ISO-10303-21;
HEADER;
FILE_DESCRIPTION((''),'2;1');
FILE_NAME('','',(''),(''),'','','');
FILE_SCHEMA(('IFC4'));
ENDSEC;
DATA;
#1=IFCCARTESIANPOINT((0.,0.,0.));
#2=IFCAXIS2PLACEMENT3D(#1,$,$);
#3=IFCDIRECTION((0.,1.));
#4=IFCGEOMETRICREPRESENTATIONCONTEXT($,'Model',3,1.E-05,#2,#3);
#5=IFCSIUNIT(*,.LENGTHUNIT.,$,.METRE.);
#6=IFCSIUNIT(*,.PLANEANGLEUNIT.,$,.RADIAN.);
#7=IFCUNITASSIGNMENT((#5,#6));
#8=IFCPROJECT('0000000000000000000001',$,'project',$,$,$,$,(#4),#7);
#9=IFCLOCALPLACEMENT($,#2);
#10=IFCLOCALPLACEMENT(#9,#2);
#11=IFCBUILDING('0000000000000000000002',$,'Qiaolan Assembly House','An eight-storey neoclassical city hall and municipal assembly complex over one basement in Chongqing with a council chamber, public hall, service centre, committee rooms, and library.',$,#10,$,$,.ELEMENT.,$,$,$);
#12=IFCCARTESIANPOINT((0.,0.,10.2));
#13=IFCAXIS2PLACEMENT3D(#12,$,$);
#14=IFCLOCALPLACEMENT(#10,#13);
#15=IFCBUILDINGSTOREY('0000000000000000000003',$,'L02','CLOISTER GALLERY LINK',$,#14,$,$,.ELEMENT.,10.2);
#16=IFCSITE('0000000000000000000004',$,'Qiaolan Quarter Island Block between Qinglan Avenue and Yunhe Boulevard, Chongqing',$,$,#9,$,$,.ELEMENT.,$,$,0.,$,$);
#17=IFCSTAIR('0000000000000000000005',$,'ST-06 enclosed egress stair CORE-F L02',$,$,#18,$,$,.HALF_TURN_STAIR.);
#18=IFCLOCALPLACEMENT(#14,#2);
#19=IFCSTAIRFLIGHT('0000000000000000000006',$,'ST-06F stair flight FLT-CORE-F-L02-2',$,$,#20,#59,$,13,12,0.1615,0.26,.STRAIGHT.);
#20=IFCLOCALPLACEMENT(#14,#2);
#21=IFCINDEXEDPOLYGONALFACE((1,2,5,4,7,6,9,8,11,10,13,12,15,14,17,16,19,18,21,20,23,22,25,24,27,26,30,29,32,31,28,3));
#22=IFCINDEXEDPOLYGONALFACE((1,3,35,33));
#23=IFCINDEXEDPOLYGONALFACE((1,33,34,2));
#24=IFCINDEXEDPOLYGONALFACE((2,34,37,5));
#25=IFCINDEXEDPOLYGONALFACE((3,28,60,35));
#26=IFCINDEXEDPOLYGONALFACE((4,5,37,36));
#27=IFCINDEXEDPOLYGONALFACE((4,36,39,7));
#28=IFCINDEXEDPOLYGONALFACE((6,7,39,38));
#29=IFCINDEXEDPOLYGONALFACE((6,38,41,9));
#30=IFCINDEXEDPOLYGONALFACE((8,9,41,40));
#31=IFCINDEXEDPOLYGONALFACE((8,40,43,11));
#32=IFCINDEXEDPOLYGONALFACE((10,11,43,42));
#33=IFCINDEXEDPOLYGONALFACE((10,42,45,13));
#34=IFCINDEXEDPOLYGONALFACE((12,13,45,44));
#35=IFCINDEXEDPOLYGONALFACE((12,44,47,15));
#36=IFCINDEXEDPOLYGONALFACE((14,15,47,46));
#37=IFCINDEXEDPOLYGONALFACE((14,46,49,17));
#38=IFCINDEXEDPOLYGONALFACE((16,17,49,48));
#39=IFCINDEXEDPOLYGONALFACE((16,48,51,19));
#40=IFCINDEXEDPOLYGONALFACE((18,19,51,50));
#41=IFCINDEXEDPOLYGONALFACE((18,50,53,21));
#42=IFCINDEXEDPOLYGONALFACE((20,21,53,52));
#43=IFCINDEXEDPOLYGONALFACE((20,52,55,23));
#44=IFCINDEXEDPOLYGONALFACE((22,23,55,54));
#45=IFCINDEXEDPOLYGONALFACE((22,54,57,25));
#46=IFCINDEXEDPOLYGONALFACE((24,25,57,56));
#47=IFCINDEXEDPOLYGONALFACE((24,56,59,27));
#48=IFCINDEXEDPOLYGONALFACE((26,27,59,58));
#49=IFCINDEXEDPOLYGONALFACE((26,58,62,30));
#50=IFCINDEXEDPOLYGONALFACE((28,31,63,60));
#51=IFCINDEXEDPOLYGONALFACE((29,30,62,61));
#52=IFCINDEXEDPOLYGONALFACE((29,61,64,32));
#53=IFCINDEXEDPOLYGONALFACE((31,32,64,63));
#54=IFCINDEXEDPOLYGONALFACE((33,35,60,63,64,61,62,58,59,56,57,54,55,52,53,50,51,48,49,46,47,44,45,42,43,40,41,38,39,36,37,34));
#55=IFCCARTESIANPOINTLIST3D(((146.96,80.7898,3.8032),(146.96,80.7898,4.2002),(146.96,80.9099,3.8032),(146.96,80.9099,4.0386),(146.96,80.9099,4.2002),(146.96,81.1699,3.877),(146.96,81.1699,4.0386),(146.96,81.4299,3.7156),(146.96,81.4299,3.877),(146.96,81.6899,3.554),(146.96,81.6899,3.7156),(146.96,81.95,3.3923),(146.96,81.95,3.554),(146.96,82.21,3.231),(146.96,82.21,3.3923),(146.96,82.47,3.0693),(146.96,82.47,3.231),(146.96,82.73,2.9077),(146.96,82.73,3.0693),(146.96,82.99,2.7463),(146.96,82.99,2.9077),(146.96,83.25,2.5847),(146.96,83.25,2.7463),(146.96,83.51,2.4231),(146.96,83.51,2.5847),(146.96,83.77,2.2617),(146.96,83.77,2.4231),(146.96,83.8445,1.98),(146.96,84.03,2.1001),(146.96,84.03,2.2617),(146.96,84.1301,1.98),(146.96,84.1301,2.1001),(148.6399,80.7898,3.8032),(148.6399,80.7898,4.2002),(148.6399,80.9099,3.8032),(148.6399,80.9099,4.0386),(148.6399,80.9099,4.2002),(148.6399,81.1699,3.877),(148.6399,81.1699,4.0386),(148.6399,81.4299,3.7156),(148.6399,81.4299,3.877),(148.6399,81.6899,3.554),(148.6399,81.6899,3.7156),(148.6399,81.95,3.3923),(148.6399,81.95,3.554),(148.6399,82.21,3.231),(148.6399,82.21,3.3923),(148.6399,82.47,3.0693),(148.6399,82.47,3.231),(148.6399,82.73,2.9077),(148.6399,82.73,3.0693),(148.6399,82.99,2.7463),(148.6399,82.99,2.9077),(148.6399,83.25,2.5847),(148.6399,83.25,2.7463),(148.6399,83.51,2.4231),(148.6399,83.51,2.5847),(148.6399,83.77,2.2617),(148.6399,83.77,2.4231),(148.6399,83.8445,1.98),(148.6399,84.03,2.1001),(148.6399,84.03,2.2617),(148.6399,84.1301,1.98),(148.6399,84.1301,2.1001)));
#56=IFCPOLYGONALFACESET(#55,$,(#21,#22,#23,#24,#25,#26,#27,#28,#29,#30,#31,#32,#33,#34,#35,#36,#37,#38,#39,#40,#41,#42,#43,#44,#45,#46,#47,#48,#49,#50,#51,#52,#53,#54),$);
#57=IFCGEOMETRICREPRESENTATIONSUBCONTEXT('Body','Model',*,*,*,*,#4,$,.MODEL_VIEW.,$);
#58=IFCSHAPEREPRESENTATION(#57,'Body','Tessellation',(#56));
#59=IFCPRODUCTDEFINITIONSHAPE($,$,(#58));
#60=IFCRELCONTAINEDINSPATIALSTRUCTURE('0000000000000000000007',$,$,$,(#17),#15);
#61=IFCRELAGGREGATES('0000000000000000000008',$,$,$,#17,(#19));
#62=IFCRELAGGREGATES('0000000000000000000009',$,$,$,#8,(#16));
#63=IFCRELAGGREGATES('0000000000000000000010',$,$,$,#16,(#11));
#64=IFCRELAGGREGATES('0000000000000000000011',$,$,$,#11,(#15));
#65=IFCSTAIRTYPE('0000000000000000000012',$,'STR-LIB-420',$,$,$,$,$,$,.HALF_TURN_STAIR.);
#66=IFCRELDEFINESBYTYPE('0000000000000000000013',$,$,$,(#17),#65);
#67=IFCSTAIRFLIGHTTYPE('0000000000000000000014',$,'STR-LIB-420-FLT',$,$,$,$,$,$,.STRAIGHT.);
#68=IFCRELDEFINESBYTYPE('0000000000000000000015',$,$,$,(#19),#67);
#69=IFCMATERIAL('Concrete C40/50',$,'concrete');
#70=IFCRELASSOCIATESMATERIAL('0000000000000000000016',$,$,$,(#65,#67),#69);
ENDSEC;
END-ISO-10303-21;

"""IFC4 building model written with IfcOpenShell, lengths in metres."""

from ifc_helpers import new_model, si_unit, direction, frame, origin, place, context, subcontext, project, spatial, polyline, outline, extrude, material, type_object, element, aggregate, save


model = new_model("IFC4")

# Units and contexts
model_context = context("Model", 3, precision=1e-05, world=origin(), true_north=direction((0.0, 1.0)))
body_context = subcontext(model_context, "Body", "Model", "MODEL_VIEW")
ifc_project = project(units=[si_unit("LENGTHUNIT", "METRE"), si_unit("PLANEANGLEUNIT", "RADIAN")], contexts=[model_context])

# Site, building, storey
site_placement = place(None, origin())
site = spatial("IfcSite", under=ifc_project, at=site_placement, Name="Qiaolan Quarter Island Block between Qinglan Avenue and Yunhe Boulevard, Chongqing", CompositionType="ELEMENT", RefElevation=0.0)
building_placement = place(site_placement, origin())
building = spatial("IfcBuilding", under=site, at=building_placement, Name="Qiaolan Assembly House", Description="An eight-storey neoclassical city hall and municipal assembly complex over one basement in Chongqing with a council chamber, public hall, service centre, committee rooms, and library.", CompositionType="ELEMENT")
storey_placement = place(building_placement, frame((0.0, 0.0, 10.2)))
storey = spatial("IfcBuildingStorey", under=building, at=storey_placement, Name="L02", Description="CLOISTER GALLERY LINK", CompositionType="ELEMENT", Elevation=10.2)

# Shared definitions
ifc_material_1 = material(Name="Concrete C40/50", Category="concrete")

# Stair, stair flight
stair_type = type_object("IfcStairType", Name="STR-LIB-420", PredefinedType="HALF_TURN_STAIR", material=ifc_material_1)
stair_placement = place(storey_placement, origin())
stair = element("IfcStair", 1, at=stair_placement, inside=storey, type_object=stair_type, Name="ST-06 enclosed egress stair CORE-F L02", PredefinedType="HALF_TURN_STAIR")
stair_flight_type = type_object("IfcStairFlightType", Name="STR-LIB-420-FLT", PredefinedType="STRAIGHT", material=ifc_material_1)
stair_flight_1_placement = place(storey_placement, frame((147.8, 84.03, 2.1001), z_axis=(0.0, 0.0, 1.0), x_axis=(0.0, -1.0, 0.0)))
stair_flight_1 = element("IfcStairFlight", 2, at=stair_flight_1_placement, type_object=stair_flight_type, Name="ST-06F stair flight FLT-CORE-F-L02-2", NumberOfRisers=13, NumberOfTreads=12, PredefinedType="STRAIGHT", RiserHeight=0.1615, TreadLength=0.26, context=body_context, shape_type="SweptSolid", body=[
    extrude(outline(polyline([(-0.1001, -0.1201), (-0.1001, 0.0), (0.0, 0.0), (0.0, 0.1616), (0.26, 0.1616), (0.26, 0.323), (0.52, 0.323), (0.52, 0.4846), (0.78, 0.4846), (0.78, 0.6462), (1.04, 0.6462), (1.04, 0.8076), (1.3, 0.8076), (1.3, 0.9692), (1.5601, 0.9692), (1.5601, 1.1309), (1.8201, 1.1309), (1.8201, 1.2922), (2.0801, 1.2922), (2.0801, 1.4539), (2.3401, 1.4539), (2.3401, 1.6155), (2.6001, 1.6155), (2.6001, 1.7769), (2.8601, 1.7769), (2.8601, 1.9385), (3.1201, 1.9385), (3.1201, 2.1001), (3.2402, 2.1001), (3.2402, 1.7031), (3.1201, 1.7031), (0.1855, -0.1201), (-0.1001, -0.1201)])), frame((0.0, 0.8398, 0.0), z_axis=(0.0, -1.0, 0.0), x_axis=(1.0, 0.0, 0.0)), (0.0, 0.0, 1.0), 1.6799),
])
aggregate(stair, [stair_flight_1])

save(model, "model.ifc")
